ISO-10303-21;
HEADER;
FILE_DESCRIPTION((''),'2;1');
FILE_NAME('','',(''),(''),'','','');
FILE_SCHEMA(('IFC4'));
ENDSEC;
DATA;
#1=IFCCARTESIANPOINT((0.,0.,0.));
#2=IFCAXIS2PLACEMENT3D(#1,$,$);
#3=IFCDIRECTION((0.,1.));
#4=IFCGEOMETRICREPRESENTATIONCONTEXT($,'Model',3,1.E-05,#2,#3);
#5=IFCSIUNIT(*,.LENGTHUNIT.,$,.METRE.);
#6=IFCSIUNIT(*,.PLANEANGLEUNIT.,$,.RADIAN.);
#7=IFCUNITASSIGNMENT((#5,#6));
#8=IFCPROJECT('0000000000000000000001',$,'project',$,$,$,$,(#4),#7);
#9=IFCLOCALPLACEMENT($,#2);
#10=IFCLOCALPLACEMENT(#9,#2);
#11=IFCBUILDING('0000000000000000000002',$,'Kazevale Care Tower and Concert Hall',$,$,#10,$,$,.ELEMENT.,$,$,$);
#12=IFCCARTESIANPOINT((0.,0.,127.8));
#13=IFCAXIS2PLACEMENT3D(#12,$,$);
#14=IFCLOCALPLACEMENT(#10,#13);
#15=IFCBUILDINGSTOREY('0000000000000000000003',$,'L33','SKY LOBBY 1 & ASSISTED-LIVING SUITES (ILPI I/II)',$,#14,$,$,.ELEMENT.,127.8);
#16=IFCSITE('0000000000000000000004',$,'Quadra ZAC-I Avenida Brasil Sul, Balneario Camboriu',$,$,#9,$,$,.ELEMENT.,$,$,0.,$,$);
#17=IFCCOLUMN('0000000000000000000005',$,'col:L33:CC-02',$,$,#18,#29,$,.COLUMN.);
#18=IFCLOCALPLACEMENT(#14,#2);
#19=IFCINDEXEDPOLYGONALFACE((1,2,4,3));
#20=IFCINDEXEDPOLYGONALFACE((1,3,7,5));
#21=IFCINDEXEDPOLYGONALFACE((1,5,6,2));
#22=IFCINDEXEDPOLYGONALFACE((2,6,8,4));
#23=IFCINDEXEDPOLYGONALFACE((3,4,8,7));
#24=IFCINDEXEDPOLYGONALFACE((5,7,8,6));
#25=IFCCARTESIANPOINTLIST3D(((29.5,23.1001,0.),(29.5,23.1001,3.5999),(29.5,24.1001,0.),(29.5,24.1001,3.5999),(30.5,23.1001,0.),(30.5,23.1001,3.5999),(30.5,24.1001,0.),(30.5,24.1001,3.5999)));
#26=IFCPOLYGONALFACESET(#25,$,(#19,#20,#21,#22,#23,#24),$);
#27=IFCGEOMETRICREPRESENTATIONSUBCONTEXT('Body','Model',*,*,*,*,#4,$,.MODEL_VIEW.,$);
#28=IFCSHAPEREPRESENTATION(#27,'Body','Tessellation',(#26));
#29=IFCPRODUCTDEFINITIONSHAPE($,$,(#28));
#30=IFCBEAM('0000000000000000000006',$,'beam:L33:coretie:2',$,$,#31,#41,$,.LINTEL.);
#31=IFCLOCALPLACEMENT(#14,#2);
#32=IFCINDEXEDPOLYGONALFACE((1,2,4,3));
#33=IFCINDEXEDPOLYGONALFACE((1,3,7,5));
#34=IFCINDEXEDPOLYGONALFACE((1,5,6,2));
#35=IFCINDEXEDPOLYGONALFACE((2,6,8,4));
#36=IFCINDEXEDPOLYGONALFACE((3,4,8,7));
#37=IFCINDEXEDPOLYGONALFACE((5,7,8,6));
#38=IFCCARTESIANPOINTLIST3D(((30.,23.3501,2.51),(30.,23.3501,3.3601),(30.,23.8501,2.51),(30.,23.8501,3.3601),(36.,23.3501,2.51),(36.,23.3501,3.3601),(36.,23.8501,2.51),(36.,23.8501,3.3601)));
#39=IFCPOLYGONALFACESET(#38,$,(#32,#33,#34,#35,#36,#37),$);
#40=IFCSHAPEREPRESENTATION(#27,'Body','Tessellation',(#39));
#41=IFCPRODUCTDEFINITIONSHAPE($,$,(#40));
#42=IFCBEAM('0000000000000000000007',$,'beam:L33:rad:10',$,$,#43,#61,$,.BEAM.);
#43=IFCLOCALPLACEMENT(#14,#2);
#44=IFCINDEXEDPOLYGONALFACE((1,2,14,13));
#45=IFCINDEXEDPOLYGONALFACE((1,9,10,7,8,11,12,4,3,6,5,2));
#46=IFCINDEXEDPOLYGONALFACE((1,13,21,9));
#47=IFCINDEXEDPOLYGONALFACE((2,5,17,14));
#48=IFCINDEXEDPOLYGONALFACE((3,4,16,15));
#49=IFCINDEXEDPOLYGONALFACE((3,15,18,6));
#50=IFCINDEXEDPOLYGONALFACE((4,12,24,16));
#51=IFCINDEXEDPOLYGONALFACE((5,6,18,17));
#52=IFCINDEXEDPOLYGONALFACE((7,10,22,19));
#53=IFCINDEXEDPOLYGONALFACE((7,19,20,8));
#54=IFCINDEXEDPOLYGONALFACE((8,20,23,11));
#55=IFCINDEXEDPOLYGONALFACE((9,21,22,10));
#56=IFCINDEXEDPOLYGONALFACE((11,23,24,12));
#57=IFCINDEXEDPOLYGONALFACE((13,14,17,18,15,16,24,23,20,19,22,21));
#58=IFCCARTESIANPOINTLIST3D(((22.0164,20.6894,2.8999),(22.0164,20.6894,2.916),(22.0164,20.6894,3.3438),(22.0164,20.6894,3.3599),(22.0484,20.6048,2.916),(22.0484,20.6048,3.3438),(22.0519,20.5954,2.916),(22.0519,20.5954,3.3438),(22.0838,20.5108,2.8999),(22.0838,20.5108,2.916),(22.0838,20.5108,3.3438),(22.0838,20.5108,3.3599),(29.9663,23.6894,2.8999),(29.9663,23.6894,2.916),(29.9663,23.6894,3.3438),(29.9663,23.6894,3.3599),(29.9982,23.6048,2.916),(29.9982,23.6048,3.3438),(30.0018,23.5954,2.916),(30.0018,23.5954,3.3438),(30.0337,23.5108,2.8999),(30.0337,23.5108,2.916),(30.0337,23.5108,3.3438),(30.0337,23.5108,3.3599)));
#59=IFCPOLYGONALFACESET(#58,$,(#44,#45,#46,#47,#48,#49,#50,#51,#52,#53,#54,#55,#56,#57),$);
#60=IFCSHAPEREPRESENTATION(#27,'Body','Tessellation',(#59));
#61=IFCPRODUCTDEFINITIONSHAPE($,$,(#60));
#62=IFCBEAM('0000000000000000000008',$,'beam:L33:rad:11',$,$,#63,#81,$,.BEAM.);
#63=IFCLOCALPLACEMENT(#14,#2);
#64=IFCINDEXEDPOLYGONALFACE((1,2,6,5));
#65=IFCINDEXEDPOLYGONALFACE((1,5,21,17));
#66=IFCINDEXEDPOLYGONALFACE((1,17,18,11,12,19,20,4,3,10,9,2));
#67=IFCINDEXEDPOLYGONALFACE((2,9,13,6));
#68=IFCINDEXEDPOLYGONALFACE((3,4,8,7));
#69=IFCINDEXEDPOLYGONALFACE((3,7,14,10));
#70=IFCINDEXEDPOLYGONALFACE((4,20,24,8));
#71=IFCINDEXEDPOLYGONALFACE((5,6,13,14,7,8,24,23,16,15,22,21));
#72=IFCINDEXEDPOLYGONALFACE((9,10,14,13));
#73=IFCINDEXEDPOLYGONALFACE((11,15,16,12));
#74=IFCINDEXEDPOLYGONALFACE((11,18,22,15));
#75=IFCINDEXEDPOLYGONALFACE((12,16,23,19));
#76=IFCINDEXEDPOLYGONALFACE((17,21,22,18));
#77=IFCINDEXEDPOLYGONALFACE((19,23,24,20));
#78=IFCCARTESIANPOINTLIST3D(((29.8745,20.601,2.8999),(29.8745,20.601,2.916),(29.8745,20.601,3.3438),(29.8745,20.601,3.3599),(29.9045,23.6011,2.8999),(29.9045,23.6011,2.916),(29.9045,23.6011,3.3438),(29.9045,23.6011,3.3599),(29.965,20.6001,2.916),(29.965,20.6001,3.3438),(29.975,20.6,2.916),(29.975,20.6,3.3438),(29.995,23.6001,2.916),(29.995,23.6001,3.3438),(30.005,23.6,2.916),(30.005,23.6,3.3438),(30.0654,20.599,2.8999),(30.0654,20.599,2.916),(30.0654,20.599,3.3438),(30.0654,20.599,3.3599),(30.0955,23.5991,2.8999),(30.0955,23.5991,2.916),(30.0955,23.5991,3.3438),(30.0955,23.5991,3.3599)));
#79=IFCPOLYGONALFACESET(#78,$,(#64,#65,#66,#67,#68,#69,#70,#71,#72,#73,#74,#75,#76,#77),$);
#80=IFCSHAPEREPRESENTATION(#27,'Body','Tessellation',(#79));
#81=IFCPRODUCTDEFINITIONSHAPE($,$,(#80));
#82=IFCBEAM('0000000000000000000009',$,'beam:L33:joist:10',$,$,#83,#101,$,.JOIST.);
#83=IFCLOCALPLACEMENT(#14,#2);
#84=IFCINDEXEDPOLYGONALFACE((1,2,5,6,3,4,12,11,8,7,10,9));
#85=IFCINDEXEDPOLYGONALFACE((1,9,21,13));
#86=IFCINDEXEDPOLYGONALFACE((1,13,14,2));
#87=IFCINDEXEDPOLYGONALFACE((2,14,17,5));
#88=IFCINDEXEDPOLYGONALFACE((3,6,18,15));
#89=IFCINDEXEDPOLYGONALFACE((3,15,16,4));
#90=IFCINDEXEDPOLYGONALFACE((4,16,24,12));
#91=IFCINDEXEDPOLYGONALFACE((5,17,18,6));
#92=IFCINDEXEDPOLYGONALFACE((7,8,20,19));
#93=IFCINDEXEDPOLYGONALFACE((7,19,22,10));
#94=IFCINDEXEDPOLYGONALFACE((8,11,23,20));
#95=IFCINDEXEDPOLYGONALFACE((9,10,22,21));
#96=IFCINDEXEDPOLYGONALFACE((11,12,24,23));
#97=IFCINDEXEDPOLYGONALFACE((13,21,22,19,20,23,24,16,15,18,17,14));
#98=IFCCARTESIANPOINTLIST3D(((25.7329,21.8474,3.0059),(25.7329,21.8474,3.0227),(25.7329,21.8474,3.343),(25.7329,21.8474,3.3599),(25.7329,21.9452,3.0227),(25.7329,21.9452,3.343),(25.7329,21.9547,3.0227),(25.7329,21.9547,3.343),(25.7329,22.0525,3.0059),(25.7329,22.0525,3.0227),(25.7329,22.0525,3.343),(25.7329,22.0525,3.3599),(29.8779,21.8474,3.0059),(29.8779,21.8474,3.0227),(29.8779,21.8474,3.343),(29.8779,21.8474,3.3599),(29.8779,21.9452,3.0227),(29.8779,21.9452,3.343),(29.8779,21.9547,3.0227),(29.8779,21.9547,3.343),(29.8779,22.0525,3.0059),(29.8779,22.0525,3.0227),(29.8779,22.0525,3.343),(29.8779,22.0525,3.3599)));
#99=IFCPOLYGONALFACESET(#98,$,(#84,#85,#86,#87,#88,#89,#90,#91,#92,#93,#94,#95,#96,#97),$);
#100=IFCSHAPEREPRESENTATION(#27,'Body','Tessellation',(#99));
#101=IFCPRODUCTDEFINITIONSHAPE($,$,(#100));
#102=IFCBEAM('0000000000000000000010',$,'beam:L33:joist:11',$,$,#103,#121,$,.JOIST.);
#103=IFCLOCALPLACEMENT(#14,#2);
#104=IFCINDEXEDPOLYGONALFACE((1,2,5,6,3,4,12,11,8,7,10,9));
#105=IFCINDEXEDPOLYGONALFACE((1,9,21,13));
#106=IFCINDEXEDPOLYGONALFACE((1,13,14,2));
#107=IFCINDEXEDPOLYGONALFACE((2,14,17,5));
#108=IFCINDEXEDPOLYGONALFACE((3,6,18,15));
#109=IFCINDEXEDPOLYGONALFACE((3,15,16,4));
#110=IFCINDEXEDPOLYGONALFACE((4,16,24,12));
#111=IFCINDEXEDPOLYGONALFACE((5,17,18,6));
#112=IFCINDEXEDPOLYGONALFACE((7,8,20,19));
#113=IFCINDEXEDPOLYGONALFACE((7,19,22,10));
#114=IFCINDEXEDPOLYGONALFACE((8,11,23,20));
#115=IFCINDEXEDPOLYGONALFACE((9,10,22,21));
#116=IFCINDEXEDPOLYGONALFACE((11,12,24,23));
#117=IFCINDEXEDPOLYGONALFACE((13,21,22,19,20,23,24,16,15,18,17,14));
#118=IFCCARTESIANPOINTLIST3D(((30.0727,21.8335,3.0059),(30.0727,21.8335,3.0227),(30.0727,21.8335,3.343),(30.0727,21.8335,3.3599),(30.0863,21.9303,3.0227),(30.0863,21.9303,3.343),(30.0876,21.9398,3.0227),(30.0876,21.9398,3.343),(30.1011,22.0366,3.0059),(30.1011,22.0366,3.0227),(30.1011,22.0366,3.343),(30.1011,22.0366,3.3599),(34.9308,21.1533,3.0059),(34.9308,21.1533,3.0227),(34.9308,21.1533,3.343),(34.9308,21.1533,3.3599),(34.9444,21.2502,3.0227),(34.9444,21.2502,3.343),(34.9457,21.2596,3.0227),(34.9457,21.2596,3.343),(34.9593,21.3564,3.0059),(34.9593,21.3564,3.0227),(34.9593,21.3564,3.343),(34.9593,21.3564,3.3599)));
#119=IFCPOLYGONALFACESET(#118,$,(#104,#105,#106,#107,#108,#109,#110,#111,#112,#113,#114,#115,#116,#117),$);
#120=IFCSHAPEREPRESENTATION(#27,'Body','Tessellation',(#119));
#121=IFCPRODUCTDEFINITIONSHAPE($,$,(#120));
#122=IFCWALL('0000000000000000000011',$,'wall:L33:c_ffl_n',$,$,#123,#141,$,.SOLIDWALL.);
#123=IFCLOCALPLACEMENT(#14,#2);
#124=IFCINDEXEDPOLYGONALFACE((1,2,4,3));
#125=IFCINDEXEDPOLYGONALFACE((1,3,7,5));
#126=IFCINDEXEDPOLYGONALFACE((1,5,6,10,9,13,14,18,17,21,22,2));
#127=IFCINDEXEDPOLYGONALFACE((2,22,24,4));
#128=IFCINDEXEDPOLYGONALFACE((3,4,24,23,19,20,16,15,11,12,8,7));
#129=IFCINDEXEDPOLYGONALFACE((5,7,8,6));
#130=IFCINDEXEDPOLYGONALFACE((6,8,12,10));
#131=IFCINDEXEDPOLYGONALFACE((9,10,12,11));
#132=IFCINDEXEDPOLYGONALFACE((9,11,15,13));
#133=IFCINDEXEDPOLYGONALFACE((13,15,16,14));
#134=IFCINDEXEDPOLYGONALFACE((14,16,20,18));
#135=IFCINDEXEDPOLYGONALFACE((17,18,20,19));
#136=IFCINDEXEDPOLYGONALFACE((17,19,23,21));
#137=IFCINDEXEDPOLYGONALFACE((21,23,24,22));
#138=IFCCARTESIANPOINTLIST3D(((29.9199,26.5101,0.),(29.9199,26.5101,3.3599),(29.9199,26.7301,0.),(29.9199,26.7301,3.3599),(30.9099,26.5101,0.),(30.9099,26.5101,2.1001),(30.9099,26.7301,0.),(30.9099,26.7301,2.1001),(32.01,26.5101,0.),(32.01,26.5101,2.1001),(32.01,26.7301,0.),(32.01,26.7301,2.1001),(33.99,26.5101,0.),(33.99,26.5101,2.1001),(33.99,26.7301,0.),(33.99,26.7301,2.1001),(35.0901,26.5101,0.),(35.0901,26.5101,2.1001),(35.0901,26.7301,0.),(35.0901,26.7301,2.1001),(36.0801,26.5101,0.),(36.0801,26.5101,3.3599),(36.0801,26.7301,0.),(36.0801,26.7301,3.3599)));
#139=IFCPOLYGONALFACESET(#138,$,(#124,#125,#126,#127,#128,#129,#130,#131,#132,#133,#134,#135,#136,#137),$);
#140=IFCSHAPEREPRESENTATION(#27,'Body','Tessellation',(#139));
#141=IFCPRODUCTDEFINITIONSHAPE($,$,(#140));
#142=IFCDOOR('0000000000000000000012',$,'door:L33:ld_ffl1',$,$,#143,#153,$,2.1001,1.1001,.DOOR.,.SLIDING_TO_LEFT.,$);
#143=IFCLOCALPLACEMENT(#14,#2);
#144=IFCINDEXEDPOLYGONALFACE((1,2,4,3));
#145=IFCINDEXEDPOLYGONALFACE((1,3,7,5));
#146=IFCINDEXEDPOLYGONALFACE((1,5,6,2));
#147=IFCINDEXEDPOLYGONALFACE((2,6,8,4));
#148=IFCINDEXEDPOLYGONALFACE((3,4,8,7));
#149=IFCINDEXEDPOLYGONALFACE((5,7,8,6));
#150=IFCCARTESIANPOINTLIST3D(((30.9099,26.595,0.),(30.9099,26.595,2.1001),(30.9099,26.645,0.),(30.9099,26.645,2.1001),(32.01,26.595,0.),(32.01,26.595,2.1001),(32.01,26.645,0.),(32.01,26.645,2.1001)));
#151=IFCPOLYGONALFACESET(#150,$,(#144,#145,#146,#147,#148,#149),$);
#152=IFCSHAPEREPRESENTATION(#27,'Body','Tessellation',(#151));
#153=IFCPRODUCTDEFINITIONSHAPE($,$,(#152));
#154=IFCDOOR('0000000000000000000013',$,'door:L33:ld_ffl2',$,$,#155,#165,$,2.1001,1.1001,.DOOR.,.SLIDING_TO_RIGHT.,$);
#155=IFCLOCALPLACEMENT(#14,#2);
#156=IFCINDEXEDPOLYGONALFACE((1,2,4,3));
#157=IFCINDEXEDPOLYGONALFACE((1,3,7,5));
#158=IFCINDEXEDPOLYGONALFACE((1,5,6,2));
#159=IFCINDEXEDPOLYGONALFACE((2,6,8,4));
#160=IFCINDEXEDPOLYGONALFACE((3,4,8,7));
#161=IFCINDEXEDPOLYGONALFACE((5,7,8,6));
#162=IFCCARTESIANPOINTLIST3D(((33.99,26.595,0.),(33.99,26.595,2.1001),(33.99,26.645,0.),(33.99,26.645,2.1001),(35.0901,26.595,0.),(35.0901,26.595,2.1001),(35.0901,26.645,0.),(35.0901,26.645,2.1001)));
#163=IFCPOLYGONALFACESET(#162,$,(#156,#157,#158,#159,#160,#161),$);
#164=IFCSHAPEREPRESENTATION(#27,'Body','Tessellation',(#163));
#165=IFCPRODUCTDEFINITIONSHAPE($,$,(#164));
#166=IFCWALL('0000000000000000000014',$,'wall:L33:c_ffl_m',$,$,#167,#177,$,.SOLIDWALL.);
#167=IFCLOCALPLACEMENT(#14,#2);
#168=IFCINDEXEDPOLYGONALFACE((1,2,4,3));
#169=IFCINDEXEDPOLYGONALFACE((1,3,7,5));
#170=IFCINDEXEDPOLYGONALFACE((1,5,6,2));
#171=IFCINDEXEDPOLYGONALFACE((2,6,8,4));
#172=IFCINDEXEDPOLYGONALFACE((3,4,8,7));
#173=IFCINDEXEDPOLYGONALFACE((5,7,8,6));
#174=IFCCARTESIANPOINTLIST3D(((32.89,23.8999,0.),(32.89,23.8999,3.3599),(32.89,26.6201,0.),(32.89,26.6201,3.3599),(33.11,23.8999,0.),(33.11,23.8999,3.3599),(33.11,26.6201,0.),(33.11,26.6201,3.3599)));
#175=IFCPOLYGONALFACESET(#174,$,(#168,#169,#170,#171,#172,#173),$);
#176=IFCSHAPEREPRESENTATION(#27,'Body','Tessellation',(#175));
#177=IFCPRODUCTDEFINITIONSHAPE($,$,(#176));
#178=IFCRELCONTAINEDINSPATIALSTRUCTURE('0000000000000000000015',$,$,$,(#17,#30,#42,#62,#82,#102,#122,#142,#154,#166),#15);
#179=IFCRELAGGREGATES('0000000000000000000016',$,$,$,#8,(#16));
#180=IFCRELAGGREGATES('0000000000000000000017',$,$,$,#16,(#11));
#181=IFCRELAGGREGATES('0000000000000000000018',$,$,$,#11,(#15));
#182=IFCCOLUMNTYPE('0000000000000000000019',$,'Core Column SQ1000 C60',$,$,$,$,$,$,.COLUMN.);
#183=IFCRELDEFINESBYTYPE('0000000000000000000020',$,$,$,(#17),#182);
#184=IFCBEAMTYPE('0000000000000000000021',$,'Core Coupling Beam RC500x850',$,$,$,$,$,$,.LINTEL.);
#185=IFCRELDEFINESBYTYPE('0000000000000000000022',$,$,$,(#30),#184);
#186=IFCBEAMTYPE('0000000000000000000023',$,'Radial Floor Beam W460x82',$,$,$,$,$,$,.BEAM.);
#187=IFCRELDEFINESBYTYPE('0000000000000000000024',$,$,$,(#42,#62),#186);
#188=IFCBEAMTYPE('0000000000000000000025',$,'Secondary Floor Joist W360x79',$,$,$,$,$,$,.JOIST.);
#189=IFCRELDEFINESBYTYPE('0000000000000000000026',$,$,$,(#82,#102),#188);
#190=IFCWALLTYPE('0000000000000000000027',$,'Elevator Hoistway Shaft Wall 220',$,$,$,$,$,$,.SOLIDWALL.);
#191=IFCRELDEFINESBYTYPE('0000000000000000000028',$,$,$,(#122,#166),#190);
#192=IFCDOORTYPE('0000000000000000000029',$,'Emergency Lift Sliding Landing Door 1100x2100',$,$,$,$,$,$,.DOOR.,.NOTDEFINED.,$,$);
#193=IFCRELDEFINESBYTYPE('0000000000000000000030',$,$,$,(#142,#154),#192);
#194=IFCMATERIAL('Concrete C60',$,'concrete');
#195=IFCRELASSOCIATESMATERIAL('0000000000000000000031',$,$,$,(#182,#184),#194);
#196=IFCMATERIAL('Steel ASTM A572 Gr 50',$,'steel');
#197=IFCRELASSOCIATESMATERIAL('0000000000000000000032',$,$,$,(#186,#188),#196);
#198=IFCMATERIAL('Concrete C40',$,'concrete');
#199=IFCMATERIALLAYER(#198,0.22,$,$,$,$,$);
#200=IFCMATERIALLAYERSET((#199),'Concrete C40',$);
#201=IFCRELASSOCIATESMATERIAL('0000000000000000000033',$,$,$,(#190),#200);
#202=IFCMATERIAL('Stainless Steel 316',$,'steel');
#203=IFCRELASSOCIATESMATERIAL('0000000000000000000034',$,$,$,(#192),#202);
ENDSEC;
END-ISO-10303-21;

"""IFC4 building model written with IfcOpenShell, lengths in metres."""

from ifc_helpers import new_model, si_unit, direction, frame, frame_2d, origin, origin_2d, place, context, subcontext, project, spatial, rectangle, i_section, extrude, material, layer, layer_set, material_profile, profile_set, type_object, element, fill, save


model = new_model("IFC4")

# Units and contexts
model_context = context("Model", 3, precision=1e-05, world=origin(), true_north=direction((0.0, 1.0)))
body_context = subcontext(model_context, "Body", "Model", "MODEL_VIEW")
ifc_project = project(units=[si_unit("LENGTHUNIT", "METRE"), si_unit("PLANEANGLEUNIT", "RADIAN")], contexts=[model_context])

# Site, building, storey
site_placement = place(None, origin())
site = spatial("IfcSite", under=ifc_project, at=site_placement, Name="Quadra ZAC-I Avenida Brasil Sul, Balneario Camboriu", CompositionType="ELEMENT", RefElevation=0.0)
building_placement = place(site_placement, origin())
building = spatial("IfcBuilding", under=site, at=building_placement, Name="Kazevale Care Tower and Concert Hall", CompositionType="ELEMENT")
storey_placement = place(building_placement, frame((0.0, 0.0, 127.8)))
storey = spatial("IfcBuildingStorey", under=building, at=storey_placement, Name="L33", Description="SKY LOBBY 1 & ASSISTED-LIVING SUITES (ILPI I/II)", CompositionType="ELEMENT", Elevation=127.8)

# Column
ifc_material_1 = material(Name="Concrete C60", Category="concrete")
ifc_material_profile_1 = material_profile(ifc_material_1, rectangle(XDim=1.0, YDim=1.0, at=origin_2d()), Name="RC-SQ1000")
ifc_profile_set_1 = profile_set([ifc_material_profile_1], Name="Concrete C60")
column_type = type_object("IfcColumnType", Name="Core Column SQ1000 C60", PredefinedType="COLUMN", material=ifc_profile_set_1)
column_placement = place(storey_placement, frame((30.0, 23.6001, 0.0), z_axis=(0.0, 0.0, 1.0), x_axis=(1.0, 0.0, 0.0)))
element("IfcColumn", 1, at=column_placement, inside=storey, type_object=column_type, Name="col:L33:CC-02", PredefinedType="COLUMN", context=body_context, shape_type="SweptSolid", body=[
    extrude(rectangle(XDim=1.0, YDim=1.0, at=origin_2d()), origin(), (0.0, 0.0, 1.0), 3.5999),
])

# Beams
ifc_material_profile_2 = material_profile(ifc_material_1, rectangle(XDim=0.5, YDim=0.8501, at=origin_2d()), Name="RC-B500x850")
ifc_profile_set_2 = profile_set([ifc_material_profile_2], Name="Concrete C60")
beam_type_1 = type_object("IfcBeamType", Name="Core Coupling Beam RC500x850", PredefinedType="LINTEL", material=ifc_profile_set_2)
beam_1_placement = place(storey_placement, frame((30.0, 23.6001, 2.9351), z_axis=(1.0, 0.0, 0.0), x_axis=(0.0, 1.0, 0.0)))
element("IfcBeam", 2, at=beam_1_placement, inside=storey, type_object=beam_type_1, Name="beam:L33:coretie:2", PredefinedType="LINTEL", context=body_context, shape_type="SweptSolid", body=[
    extrude(rectangle(XDim=0.5, YDim=0.8501, at=origin_2d()), origin(), (0.0, 0.0, 1.0), 6.0),
])
ifc_material_2 = material(Name="Steel ASTM A572 Gr 50", Category="steel")
ifc_material_profile_3 = material_profile(ifc_material_2, i_section(OverallWidth=0.1909, OverallDepth=0.46, WebThickness=0.01, FlangeThickness=0.0161, at=origin_2d()), Name="W460x82")
ifc_profile_set_3 = profile_set([ifc_material_profile_3], Name="Steel ASTM A572 Gr 50")
beam_type_2 = type_object("IfcBeamType", Name="Radial Floor Beam W460x82", PredefinedType="BEAM", material=ifc_profile_set_3)
beam_2_placement = place(storey_placement, frame((30.0, 23.6001, 3.1299), z_axis=(-0.935601, -0.353059, 0.0), x_axis=(0.353059, -0.935601, 0.0)))
element("IfcBeam", 3, at=beam_2_placement, inside=storey, type_object=beam_type_2, Name="beam:L33:rad:10", PredefinedType="BEAM", context=body_context, shape_type="SweptSolid", body=[
    extrude(i_section(OverallWidth=0.1909, OverallDepth=0.46, WebThickness=0.01, FlangeThickness=0.0161, at=origin_2d()), origin(), (0.0, 0.0, 1.0), 8.4971),
])
beam_3_placement = place(storey_placement, frame((30.0, 23.6001, 3.1299), z_axis=(-0.010009, -0.99995, 0.0), x_axis=(0.99995, -0.010009, 0.0)))
element("IfcBeam", 4, at=beam_3_placement, inside=storey, type_object=beam_type_2, Name="beam:L33:rad:11", PredefinedType="BEAM", context=body_context, shape_type="SweptSolid", body=[
    extrude(i_section(OverallWidth=0.1909, OverallDepth=0.46, WebThickness=0.01, FlangeThickness=0.0161, at=origin_2d()), origin(), (0.0, 0.0, 1.0), 3.0002),
])
ifc_material_profile_4 = material_profile(ifc_material_2, i_section(OverallWidth=0.2051, OverallDepth=0.354, WebThickness=0.0095, FlangeThickness=0.0168, at=origin_2d()), Name="W360x79")
ifc_profile_set_4 = profile_set([ifc_material_profile_4], Name="Steel ASTM A572 Gr 50")
beam_type_3 = type_object("IfcBeamType", Name="Secondary Floor Joist W360x79", PredefinedType="JOIST", material=ifc_profile_set_4)
beam_4_placement = place(storey_placement, frame((25.7329, 21.95, 3.1829), z_axis=(1.0, 0.0, 0.0), x_axis=(0.0, 1.0, 0.0)))
element("IfcBeam", 5, at=beam_4_placement, inside=storey, type_object=beam_type_3, Name="beam:L33:joist:10", PredefinedType="JOIST", context=body_context, shape_type="SweptSolid", body=[
    extrude(i_section(OverallWidth=0.2051, OverallDepth=0.354, WebThickness=0.0095, FlangeThickness=0.0168, at=origin_2d()), origin(), (0.0, 0.0, 1.0), 4.145),
])
beam_5_placement = place(storey_placement, frame((30.0869, 21.9351, 3.1829), z_axis=(0.990341, -0.138655, 0.0), x_axis=(0.138655, 0.990341, 0.0)))
element("IfcBeam", 6, at=beam_5_placement, inside=storey, type_object=beam_type_3, Name="beam:L33:joist:11", PredefinedType="JOIST", context=body_context, shape_type="SweptSolid", body=[
    extrude(i_section(OverallWidth=0.2051, OverallDepth=0.354, WebThickness=0.0095, FlangeThickness=0.0168, at=origin_2d()), origin(), (0.0, 0.0, 1.0), 4.9055),
])

# Wall, openings, doors
ifc_material_3 = material(Name="Concrete C40", Category="concrete")
ifc_layer_1 = layer(ifc_material_3, 0.22)
ifc_layer_set_1 = layer_set([ifc_layer_1], Name="Concrete C40")
wall_type_1 = type_object("IfcWallType", Name="Elevator Hoistway Shaft Wall 220", PredefinedType="SOLIDWALL", material=ifc_layer_set_1)
wall_1_placement = place(storey_placement, frame((29.9199, 26.6201, 0.0), z_axis=(0.0, 0.0, 1.0), x_axis=(1.0, 0.0, 0.0)))
wall_1 = element("IfcWall", 7, at=wall_1_placement, inside=storey, type_object=wall_type_1, Name="wall:L33:c_ffl_n", PredefinedType="SOLIDWALL", context=body_context, shape_type="SweptSolid", body=[
    extrude(rectangle(XDim=6.1602, YDim=0.22, at=frame_2d((3.0801, 0.0))), origin(), (0.0, 0.0, 1.0), 3.3599),
])
opening_1_placement = place(wall_1_placement, frame((0.99, 0.0, 0.0)))
opening_1 = element("IfcOpeningElement", 8, at=opening_1_placement, cuts=wall_1, PredefinedType="OPENING", context=body_context, shape_type="SweptSolid", body=[
    extrude(rectangle(XDim=1.1001, YDim=2.1001, at=frame_2d((0.55, 1.05))), frame((0.0, 0.1199, 0.0), z_axis=(0.0, -1.0, 0.0), x_axis=(1.0, 0.0, 0.0)), (0.0, 0.0, 1.0), 0.24),
])
opening_2_placement = place(wall_1_placement, frame((4.0701, 0.0, 0.0)))
opening_2 = element("IfcOpeningElement", 9, at=opening_2_placement, cuts=wall_1, PredefinedType="OPENING", context=body_context, shape_type="SweptSolid", body=[
    extrude(rectangle(XDim=1.1001, YDim=2.1001, at=frame_2d((0.55, 1.05))), frame((0.0, 0.1199, 0.0), z_axis=(0.0, -1.0, 0.0), x_axis=(1.0, 0.0, 0.0)), (0.0, 0.0, 1.0), 0.24),
])
ifc_material_4 = material(Name="Stainless Steel 316", Category="steel")
door_type_1 = type_object("IfcDoorType", Name="Emergency Lift Sliding Landing Door 1100x2100", OperationType="NOTDEFINED", PredefinedType="DOOR", material=ifc_material_4)
door_1_placement = place(opening_1_placement, origin())
door_1 = element("IfcDoor", 10, at=door_1_placement, inside=storey, type_object=door_type_1, Name="door:L33:ld_ffl1", OperationType="SLIDING_TO_LEFT", OverallHeight=2.1001, OverallWidth=1.1001, PredefinedType="DOOR", context=body_context, shape_type="SweptSolid", body=[
    extrude(rectangle(XDim=1.1001, YDim=2.1001, at=frame_2d((0.55, 1.05))), frame((0.0, 0.0249, 0.0), z_axis=(0.0, -1.0, 0.0), x_axis=(1.0, 0.0, 0.0)), (0.0, 0.0, 1.0), 0.05),
])
fill(opening_1, door_1)
door_2_placement = place(opening_2_placement, origin())
door_2 = element("IfcDoor", 11, at=door_2_placement, inside=storey, type_object=door_type_1, Name="door:L33:ld_ffl2", OperationType="SLIDING_TO_RIGHT", OverallHeight=2.1001, OverallWidth=1.1001, PredefinedType="DOOR", context=body_context, shape_type="SweptSolid", body=[
    extrude(rectangle(XDim=1.1001, YDim=2.1001, at=frame_2d((0.55, 1.05))), frame((0.0, 0.0249, 0.0), z_axis=(0.0, -1.0, 0.0), x_axis=(1.0, 0.0, 0.0)), (0.0, 0.0, 1.0), 0.05),
])
fill(opening_2, door_2)

# Wall
wall_2_placement = place(storey_placement, frame((33.0, 23.8999, 0.0), z_axis=(0.0, 0.0, 1.0), x_axis=(0.0, 1.0, 0.0)))
element("IfcWall", 12, at=wall_2_placement, inside=storey, type_object=wall_type_1, Name="wall:L33:c_ffl_m", PredefinedType="SOLIDWALL", context=body_context, shape_type="SweptSolid", body=[
    extrude(rectangle(XDim=2.7202, YDim=0.22, at=frame_2d((1.3601, 0.0))), origin(), (0.0, 0.0, 1.0), 3.3599),
])

save(model, "model.ifc")
